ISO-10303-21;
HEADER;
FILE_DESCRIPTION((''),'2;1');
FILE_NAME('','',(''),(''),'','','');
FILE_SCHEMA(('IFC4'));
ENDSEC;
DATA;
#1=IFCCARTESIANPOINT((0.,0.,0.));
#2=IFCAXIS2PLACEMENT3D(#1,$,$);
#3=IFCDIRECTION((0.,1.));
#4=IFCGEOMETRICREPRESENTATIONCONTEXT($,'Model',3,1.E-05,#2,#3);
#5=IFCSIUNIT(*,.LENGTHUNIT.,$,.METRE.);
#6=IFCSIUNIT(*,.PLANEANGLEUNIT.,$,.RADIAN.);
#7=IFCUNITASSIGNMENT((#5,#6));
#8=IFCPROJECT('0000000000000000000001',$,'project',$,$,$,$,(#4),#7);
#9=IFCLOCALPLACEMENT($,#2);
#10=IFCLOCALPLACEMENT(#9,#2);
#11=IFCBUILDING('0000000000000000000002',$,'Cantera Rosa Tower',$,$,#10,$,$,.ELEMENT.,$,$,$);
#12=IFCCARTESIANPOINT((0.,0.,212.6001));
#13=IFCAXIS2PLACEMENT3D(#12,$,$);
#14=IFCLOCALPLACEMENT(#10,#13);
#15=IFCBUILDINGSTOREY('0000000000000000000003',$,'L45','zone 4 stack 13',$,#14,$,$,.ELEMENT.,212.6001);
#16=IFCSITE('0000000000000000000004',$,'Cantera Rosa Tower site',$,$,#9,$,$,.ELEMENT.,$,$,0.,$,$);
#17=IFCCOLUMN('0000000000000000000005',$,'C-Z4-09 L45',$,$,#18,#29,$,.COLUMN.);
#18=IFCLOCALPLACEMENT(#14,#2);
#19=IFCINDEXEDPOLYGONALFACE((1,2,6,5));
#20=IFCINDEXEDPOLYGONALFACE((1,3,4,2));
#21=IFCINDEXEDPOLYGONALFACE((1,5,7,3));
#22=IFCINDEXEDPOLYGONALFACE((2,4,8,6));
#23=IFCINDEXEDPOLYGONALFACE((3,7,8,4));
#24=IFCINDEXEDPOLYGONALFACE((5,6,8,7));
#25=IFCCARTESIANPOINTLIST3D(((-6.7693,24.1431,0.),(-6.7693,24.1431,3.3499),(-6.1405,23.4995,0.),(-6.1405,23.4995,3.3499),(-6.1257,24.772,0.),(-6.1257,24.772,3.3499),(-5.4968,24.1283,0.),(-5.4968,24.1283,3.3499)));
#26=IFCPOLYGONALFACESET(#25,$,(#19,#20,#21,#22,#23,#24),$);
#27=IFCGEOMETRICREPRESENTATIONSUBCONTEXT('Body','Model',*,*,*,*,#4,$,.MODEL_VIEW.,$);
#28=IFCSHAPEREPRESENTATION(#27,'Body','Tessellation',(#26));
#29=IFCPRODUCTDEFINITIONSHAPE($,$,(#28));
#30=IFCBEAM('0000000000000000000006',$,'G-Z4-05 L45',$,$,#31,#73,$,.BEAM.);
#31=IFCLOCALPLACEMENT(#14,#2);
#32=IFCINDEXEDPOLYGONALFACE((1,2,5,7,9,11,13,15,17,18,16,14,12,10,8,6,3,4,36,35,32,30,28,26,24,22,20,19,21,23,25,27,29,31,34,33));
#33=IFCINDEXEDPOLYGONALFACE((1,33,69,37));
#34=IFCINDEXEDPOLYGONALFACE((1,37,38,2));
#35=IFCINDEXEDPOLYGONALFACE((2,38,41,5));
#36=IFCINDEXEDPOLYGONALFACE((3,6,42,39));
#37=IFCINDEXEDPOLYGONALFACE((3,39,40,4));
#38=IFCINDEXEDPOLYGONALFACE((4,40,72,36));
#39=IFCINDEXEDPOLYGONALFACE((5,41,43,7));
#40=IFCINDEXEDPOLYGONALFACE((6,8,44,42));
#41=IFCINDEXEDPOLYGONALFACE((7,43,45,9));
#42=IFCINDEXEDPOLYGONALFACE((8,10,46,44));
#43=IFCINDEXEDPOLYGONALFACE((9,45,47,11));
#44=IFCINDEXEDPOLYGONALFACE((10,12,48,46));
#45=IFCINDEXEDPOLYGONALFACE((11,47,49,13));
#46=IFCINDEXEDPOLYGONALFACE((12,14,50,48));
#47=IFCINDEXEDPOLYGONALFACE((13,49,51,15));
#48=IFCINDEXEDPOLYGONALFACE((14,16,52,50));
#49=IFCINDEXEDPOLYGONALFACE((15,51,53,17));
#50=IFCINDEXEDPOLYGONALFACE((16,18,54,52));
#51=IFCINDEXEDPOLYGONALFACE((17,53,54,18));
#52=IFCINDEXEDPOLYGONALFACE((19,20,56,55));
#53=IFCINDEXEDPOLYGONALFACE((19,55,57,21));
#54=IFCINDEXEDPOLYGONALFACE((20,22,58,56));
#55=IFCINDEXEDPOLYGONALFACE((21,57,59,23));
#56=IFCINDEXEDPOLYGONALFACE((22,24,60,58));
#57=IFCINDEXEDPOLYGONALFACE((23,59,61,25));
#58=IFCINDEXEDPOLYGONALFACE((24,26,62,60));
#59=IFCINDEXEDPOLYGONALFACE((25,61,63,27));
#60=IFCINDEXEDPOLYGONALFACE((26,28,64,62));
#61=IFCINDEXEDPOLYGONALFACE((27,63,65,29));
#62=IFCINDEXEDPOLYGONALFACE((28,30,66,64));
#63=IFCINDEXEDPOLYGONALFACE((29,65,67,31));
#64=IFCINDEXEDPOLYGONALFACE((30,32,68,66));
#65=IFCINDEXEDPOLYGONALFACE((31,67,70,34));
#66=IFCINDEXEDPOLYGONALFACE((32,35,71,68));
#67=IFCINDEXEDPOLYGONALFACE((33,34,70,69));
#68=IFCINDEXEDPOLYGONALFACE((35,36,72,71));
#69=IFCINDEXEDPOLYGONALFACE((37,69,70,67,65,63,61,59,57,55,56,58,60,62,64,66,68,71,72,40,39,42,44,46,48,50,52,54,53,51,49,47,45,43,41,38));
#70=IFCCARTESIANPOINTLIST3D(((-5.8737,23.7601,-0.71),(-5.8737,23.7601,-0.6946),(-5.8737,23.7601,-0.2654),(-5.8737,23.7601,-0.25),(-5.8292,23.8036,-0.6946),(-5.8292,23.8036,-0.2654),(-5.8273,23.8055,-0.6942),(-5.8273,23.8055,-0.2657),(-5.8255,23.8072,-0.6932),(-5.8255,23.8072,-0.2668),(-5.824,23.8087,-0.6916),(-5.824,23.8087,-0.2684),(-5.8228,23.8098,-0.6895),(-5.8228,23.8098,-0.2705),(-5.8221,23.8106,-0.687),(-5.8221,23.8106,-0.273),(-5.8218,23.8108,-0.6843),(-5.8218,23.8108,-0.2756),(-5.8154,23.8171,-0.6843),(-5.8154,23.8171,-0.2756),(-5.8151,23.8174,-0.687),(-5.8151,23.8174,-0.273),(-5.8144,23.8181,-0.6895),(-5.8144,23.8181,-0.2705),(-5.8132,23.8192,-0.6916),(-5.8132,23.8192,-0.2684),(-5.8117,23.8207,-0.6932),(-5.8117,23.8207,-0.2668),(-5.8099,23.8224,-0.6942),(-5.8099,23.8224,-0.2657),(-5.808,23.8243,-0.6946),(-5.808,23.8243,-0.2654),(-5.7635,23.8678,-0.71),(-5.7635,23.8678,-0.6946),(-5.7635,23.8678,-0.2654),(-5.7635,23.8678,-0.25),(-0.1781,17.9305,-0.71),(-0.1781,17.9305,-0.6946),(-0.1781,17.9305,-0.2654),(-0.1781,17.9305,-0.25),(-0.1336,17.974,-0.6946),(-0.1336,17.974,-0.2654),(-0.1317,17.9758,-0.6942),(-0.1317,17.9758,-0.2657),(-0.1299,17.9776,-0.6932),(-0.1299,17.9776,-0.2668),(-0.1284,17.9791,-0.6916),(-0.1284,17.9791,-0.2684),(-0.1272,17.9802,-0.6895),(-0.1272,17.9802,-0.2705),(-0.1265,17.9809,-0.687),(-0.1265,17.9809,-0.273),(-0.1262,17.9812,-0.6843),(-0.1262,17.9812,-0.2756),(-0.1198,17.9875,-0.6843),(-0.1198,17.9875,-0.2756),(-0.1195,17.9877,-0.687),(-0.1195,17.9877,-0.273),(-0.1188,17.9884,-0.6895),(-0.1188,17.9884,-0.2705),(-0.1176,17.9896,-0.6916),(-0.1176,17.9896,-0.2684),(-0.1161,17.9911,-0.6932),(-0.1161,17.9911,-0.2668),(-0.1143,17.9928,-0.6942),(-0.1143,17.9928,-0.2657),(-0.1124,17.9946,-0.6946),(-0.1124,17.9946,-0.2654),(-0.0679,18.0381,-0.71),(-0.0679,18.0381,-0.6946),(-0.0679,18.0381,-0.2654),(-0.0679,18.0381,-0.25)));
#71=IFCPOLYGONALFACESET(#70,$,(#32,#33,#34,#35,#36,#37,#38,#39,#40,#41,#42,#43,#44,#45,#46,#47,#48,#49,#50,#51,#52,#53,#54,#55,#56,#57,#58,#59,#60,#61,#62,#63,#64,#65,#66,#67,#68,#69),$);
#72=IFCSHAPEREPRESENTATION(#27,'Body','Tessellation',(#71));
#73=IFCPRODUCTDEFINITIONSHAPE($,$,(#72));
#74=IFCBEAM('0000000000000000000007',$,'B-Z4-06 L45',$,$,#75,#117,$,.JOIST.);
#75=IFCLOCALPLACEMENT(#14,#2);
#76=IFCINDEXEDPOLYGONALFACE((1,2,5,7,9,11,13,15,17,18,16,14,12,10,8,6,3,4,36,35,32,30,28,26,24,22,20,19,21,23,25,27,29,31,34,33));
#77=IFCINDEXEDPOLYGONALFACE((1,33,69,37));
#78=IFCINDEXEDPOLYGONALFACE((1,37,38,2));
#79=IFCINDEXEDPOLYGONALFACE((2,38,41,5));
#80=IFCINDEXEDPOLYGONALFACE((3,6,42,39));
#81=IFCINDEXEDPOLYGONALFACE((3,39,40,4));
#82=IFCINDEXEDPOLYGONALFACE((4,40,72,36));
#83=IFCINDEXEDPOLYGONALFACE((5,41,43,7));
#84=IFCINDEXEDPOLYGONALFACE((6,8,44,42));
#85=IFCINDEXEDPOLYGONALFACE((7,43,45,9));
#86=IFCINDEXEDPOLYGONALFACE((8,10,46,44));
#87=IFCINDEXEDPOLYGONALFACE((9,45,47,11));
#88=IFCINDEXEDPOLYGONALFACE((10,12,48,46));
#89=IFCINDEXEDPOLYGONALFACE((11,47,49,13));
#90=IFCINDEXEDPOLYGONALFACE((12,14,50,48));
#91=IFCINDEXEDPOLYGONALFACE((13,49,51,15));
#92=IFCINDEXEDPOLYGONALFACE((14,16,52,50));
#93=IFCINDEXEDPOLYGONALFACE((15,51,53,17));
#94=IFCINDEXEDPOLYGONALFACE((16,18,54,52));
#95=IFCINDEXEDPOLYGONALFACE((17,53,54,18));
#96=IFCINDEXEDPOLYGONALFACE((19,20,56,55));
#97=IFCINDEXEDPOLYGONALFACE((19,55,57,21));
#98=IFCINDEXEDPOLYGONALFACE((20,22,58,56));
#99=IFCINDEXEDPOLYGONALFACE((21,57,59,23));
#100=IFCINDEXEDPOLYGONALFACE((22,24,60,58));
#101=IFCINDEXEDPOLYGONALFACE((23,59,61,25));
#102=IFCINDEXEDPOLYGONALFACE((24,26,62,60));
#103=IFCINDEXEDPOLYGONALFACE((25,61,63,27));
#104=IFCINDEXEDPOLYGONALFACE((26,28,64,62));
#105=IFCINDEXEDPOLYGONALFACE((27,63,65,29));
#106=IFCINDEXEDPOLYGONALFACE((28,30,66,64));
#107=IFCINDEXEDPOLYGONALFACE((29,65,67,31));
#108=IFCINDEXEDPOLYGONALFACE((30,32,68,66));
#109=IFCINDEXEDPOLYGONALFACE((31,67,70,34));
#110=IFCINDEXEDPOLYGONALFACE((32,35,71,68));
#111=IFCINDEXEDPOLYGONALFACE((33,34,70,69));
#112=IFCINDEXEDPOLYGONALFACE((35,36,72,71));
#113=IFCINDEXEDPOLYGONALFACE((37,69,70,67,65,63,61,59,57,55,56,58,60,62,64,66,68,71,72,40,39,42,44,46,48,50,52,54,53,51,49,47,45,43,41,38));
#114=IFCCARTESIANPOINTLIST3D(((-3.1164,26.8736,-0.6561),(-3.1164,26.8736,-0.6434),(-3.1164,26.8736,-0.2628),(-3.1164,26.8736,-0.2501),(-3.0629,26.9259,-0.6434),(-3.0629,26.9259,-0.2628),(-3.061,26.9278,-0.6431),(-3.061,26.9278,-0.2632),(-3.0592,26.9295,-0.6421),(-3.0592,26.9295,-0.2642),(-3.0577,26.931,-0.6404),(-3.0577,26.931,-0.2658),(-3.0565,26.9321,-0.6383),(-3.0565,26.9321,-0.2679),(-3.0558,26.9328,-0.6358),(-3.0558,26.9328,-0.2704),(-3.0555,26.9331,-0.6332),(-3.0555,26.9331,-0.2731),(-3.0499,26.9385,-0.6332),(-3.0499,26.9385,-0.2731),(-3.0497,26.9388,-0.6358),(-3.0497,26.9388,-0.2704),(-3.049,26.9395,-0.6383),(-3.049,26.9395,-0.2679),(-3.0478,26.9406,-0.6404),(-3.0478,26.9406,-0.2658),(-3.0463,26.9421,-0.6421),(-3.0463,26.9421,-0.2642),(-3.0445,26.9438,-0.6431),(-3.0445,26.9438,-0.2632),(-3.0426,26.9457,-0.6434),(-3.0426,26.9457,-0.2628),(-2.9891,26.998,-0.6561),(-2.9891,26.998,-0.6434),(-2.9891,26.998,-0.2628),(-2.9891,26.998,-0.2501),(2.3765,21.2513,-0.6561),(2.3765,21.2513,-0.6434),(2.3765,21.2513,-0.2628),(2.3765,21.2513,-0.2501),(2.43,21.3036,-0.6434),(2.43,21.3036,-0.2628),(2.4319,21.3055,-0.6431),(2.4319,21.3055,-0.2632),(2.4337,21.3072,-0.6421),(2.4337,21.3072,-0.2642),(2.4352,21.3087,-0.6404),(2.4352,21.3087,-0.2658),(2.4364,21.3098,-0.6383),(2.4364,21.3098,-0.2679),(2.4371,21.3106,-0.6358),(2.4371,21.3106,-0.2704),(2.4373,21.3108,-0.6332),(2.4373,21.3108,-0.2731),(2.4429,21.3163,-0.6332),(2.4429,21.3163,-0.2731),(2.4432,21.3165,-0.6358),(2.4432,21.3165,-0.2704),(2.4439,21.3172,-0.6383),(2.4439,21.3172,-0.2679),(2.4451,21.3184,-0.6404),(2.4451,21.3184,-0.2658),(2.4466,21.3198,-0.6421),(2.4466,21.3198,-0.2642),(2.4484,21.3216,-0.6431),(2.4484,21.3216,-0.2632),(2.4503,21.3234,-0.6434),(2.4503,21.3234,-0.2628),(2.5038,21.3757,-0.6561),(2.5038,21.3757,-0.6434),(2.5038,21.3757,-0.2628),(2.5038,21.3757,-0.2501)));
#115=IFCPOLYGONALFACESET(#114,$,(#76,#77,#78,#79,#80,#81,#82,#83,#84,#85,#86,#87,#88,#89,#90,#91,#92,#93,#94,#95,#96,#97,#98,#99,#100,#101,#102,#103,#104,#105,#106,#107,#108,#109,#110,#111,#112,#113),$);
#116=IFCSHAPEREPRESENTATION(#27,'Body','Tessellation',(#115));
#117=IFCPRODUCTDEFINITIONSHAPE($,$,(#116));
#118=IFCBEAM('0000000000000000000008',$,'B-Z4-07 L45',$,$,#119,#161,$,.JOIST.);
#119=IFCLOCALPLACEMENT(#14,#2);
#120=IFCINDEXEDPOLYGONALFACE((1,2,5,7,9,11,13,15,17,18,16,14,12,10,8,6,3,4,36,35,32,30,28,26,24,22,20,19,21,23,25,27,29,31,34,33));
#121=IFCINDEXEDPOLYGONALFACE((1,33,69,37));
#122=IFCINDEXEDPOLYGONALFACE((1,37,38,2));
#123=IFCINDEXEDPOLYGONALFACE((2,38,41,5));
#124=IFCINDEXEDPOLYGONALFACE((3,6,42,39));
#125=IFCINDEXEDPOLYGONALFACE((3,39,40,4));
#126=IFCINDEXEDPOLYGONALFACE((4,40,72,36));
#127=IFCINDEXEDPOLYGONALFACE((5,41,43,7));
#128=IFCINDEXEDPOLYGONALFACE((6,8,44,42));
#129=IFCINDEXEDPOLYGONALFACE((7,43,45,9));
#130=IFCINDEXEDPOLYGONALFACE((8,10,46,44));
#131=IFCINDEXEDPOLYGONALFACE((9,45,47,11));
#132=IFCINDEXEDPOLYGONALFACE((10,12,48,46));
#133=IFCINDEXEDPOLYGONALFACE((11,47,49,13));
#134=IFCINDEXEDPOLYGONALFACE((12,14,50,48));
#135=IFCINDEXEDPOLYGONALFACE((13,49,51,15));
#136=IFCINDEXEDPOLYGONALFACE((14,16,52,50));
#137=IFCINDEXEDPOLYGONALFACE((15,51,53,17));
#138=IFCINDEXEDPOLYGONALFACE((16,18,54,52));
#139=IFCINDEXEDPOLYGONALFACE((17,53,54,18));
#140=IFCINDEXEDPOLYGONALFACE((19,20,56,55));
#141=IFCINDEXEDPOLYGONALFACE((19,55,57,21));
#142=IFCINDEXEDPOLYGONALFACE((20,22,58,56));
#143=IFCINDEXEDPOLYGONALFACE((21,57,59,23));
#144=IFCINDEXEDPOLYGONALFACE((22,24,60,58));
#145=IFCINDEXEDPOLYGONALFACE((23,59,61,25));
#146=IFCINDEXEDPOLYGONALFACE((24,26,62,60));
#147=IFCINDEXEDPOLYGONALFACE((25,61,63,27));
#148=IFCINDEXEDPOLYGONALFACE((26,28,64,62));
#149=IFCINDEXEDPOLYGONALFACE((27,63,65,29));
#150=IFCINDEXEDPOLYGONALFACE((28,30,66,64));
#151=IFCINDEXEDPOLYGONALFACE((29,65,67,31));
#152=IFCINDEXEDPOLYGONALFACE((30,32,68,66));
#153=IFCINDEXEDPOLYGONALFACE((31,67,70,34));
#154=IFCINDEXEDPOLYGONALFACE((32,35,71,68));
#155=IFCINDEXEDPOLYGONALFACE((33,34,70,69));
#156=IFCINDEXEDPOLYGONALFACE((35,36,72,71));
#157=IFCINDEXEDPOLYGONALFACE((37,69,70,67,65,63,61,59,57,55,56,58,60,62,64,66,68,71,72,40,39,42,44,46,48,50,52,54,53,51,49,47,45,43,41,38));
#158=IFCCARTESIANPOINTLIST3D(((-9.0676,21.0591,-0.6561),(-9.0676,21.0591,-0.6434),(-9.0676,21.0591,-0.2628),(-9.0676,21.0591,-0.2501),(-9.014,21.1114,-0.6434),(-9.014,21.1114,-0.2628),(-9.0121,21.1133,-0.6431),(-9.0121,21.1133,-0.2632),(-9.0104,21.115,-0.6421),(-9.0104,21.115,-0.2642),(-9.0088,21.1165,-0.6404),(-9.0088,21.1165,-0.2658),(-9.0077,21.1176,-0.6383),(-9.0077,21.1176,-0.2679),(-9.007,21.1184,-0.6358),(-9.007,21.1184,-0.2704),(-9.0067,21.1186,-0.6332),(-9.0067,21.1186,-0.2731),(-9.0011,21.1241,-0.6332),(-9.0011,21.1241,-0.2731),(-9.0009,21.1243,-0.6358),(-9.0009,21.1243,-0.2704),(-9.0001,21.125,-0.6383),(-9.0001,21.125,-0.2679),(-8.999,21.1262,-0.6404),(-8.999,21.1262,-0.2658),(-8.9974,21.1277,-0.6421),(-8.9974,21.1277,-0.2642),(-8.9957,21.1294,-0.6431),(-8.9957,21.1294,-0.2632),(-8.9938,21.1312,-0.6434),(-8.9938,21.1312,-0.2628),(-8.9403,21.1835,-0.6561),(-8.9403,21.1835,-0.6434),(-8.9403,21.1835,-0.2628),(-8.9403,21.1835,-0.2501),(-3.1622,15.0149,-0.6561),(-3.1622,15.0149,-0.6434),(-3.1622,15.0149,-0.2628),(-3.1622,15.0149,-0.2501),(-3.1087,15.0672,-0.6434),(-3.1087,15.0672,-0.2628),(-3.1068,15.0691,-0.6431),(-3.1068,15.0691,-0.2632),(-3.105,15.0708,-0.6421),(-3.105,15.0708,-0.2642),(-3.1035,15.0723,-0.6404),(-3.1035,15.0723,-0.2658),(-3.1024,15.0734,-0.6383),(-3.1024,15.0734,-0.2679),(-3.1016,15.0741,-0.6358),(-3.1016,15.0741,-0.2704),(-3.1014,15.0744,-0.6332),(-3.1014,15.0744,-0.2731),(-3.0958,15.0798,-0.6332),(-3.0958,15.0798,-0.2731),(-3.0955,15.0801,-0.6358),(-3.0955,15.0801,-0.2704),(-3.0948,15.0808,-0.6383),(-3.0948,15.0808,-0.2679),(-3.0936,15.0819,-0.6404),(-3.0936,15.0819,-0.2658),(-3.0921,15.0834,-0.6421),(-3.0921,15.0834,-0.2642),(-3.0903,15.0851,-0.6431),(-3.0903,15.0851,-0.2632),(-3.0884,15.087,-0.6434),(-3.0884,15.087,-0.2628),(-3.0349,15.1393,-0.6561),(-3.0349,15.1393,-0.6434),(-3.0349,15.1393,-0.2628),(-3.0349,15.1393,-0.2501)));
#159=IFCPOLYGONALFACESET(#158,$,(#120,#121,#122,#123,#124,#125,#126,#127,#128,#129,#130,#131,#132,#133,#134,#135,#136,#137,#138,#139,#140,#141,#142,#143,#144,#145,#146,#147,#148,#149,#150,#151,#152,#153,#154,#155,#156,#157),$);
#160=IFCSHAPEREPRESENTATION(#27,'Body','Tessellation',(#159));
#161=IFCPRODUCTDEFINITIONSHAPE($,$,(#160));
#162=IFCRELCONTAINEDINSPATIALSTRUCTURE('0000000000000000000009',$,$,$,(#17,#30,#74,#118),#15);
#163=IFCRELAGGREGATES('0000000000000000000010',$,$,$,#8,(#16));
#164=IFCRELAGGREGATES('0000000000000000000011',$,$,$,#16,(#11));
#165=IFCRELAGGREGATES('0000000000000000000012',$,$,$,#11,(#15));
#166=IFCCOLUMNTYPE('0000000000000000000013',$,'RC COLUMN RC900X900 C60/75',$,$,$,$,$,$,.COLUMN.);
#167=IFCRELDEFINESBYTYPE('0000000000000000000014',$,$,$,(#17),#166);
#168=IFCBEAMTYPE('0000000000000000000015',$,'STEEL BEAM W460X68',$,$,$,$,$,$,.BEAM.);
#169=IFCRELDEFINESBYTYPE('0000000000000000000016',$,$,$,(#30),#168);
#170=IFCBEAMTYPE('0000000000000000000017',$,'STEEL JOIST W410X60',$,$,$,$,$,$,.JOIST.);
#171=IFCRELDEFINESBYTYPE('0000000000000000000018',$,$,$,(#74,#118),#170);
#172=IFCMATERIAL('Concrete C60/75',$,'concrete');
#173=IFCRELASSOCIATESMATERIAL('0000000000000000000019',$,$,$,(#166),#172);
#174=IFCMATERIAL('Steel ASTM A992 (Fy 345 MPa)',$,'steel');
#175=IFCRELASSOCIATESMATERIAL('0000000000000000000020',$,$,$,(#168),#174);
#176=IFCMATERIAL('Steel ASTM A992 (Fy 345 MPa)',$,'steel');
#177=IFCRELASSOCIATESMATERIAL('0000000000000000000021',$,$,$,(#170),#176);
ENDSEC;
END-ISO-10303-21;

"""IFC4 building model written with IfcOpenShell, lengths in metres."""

from ifc_helpers import new_model, si_unit, direction, frame, origin, origin_2d, place, context, subcontext, project, spatial, rectangle, i_section, extrude, material, material_profile, profile_set, type_object, element, save


model = new_model("IFC4")

# Units and contexts
model_context = context("Model", 3, precision=1e-05, world=origin(), true_north=direction((0.0, 1.0)))
body_context = subcontext(model_context, "Body", "Model", "MODEL_VIEW")
ifc_project = project(units=[si_unit("LENGTHUNIT", "METRE"), si_unit("PLANEANGLEUNIT", "RADIAN")], contexts=[model_context])

# Site, building, storey
site_placement = place(None, origin())
site = spatial("IfcSite", under=ifc_project, at=site_placement, Name="Cantera Rosa Tower site", CompositionType="ELEMENT", RefElevation=0.0)
building_placement = place(site_placement, origin())
building = spatial("IfcBuilding", under=site, at=building_placement, Name="Cantera Rosa Tower", CompositionType="ELEMENT")
storey_placement = place(building_placement, frame((0.0, 0.0, 212.6001)))
storey = spatial("IfcBuildingStorey", under=building, at=storey_placement, Name="L45", Description="zone 4 stack 13", CompositionType="ELEMENT", Elevation=212.6001)

# Column
ifc_material_1 = material(Name="Concrete C60/75", Category="concrete")
ifc_material_profile_1 = material_profile(ifc_material_1, rectangle(XDim=0.8999, YDim=0.8999, at=origin_2d()), Name="RC COLUMN RC900X900 C60/75")
ifc_profile_set_1 = profile_set([ifc_material_profile_1], Name="Concrete C60/75")
column_type = type_object("IfcColumnType", Name="RC COLUMN RC900X900 C60/75", PredefinedType="COLUMN", material=ifc_profile_set_1)
column_placement = place(storey_placement, frame((-6.1331, 24.1357, 0.0), z_axis=(0.0, 0.0, 1.0), x_axis=(0.715286, 0.698832, 0.0)))
element("IfcColumn", 1, at=column_placement, inside=storey, type_object=column_type, Name="C-Z4-09 L45", PredefinedType="COLUMN", context=body_context, shape_type="SweptSolid", body=[
    extrude(rectangle(XDim=0.8999, YDim=0.8999, at=origin_2d()), origin(), (0.0, 0.0, 1.0), 3.3499),
])

# Beams
ifc_material_2 = material(Name="Steel ASTM A992 (Fy 345 MPa)", Category="steel")
ifc_material_profile_2 = material_profile(ifc_material_2, i_section(OverallWidth=0.1541, OverallDepth=0.46, WebThickness=0.009, FlangeThickness=0.0154, FilletRadius=0.0103, at=origin_2d()), Name="W460X68")
ifc_profile_set_2 = profile_set([ifc_material_profile_2], Name="Steel ASTM A992 (Fy 345 MPa)")
beam_type_1 = type_object("IfcBeamType", Name="STEEL BEAM W460X68", PredefinedType="BEAM", material=ifc_profile_set_2)
beam_1_placement = place(storey_placement, frame((-5.8186, 23.814, -0.48), z_axis=(0.698836, -0.715282, 0.0), x_axis=(0.715282, 0.698836, 0.0)))
element("IfcBeam", 2, at=beam_1_placement, inside=storey, type_object=beam_type_1, Name="G-Z4-05 L45", PredefinedType="BEAM", context=body_context, shape_type="SweptSolid", body=[
    extrude(i_section(OverallWidth=0.1541, OverallDepth=0.46, WebThickness=0.009, FlangeThickness=0.0154, FilletRadius=0.0103, at=origin_2d()), origin(), (0.0, 0.0, 1.0), 8.1501),
])
ifc_material_3 = material(Name="Steel ASTM A992 (Fy 345 MPa)", Category="steel")
ifc_material_profile_3 = material_profile(ifc_material_3, i_section(OverallWidth=0.178, OverallDepth=0.406, WebThickness=0.0078, FlangeThickness=0.0127, FilletRadius=0.0103, at=origin_2d()), Name="W410X60")
ifc_profile_set_3 = profile_set([ifc_material_profile_3], Name="Steel ASTM A992 (Fy 345 MPa)")
beam_type_2 = type_object("IfcBeamType", Name="STEEL JOIST W410X60", PredefinedType="JOIST", material=ifc_profile_set_3)
beam_2_placement = place(storey_placement, frame((-3.0527, 26.9358, -0.4531), z_axis=(0.698828, -0.71529, 0.0), x_axis=(0.71529, 0.698828, 0.0)))
element("IfcBeam", 3, at=beam_2_placement, inside=storey, type_object=beam_type_2, Name="B-Z4-06 L45", PredefinedType="JOIST", context=body_context, shape_type="SweptSolid", body=[
    extrude(i_section(OverallWidth=0.178, OverallDepth=0.406, WebThickness=0.0078, FlangeThickness=0.0127, FilletRadius=0.0103, at=origin_2d()), origin(), (0.0, 0.0, 1.0), 7.8601),
])
beam_3_placement = place(storey_placement, frame((-9.0039, 21.1213, -0.4531), z_axis=(0.698839, -0.715279, 0.0), x_axis=(0.715279, 0.698839, 0.0)))
element("IfcBeam", 4, at=beam_3_placement, inside=storey, type_object=beam_type_2, Name="B-Z4-07 L45", PredefinedType="JOIST", context=body_context, shape_type="SweptSolid", body=[
    extrude(i_section(OverallWidth=0.178, OverallDepth=0.406, WebThickness=0.0078, FlangeThickness=0.0127, FilletRadius=0.0103, at=origin_2d()), origin(), (0.0, 0.0, 1.0), 8.4502),
])

save(model, "model.ifc")
